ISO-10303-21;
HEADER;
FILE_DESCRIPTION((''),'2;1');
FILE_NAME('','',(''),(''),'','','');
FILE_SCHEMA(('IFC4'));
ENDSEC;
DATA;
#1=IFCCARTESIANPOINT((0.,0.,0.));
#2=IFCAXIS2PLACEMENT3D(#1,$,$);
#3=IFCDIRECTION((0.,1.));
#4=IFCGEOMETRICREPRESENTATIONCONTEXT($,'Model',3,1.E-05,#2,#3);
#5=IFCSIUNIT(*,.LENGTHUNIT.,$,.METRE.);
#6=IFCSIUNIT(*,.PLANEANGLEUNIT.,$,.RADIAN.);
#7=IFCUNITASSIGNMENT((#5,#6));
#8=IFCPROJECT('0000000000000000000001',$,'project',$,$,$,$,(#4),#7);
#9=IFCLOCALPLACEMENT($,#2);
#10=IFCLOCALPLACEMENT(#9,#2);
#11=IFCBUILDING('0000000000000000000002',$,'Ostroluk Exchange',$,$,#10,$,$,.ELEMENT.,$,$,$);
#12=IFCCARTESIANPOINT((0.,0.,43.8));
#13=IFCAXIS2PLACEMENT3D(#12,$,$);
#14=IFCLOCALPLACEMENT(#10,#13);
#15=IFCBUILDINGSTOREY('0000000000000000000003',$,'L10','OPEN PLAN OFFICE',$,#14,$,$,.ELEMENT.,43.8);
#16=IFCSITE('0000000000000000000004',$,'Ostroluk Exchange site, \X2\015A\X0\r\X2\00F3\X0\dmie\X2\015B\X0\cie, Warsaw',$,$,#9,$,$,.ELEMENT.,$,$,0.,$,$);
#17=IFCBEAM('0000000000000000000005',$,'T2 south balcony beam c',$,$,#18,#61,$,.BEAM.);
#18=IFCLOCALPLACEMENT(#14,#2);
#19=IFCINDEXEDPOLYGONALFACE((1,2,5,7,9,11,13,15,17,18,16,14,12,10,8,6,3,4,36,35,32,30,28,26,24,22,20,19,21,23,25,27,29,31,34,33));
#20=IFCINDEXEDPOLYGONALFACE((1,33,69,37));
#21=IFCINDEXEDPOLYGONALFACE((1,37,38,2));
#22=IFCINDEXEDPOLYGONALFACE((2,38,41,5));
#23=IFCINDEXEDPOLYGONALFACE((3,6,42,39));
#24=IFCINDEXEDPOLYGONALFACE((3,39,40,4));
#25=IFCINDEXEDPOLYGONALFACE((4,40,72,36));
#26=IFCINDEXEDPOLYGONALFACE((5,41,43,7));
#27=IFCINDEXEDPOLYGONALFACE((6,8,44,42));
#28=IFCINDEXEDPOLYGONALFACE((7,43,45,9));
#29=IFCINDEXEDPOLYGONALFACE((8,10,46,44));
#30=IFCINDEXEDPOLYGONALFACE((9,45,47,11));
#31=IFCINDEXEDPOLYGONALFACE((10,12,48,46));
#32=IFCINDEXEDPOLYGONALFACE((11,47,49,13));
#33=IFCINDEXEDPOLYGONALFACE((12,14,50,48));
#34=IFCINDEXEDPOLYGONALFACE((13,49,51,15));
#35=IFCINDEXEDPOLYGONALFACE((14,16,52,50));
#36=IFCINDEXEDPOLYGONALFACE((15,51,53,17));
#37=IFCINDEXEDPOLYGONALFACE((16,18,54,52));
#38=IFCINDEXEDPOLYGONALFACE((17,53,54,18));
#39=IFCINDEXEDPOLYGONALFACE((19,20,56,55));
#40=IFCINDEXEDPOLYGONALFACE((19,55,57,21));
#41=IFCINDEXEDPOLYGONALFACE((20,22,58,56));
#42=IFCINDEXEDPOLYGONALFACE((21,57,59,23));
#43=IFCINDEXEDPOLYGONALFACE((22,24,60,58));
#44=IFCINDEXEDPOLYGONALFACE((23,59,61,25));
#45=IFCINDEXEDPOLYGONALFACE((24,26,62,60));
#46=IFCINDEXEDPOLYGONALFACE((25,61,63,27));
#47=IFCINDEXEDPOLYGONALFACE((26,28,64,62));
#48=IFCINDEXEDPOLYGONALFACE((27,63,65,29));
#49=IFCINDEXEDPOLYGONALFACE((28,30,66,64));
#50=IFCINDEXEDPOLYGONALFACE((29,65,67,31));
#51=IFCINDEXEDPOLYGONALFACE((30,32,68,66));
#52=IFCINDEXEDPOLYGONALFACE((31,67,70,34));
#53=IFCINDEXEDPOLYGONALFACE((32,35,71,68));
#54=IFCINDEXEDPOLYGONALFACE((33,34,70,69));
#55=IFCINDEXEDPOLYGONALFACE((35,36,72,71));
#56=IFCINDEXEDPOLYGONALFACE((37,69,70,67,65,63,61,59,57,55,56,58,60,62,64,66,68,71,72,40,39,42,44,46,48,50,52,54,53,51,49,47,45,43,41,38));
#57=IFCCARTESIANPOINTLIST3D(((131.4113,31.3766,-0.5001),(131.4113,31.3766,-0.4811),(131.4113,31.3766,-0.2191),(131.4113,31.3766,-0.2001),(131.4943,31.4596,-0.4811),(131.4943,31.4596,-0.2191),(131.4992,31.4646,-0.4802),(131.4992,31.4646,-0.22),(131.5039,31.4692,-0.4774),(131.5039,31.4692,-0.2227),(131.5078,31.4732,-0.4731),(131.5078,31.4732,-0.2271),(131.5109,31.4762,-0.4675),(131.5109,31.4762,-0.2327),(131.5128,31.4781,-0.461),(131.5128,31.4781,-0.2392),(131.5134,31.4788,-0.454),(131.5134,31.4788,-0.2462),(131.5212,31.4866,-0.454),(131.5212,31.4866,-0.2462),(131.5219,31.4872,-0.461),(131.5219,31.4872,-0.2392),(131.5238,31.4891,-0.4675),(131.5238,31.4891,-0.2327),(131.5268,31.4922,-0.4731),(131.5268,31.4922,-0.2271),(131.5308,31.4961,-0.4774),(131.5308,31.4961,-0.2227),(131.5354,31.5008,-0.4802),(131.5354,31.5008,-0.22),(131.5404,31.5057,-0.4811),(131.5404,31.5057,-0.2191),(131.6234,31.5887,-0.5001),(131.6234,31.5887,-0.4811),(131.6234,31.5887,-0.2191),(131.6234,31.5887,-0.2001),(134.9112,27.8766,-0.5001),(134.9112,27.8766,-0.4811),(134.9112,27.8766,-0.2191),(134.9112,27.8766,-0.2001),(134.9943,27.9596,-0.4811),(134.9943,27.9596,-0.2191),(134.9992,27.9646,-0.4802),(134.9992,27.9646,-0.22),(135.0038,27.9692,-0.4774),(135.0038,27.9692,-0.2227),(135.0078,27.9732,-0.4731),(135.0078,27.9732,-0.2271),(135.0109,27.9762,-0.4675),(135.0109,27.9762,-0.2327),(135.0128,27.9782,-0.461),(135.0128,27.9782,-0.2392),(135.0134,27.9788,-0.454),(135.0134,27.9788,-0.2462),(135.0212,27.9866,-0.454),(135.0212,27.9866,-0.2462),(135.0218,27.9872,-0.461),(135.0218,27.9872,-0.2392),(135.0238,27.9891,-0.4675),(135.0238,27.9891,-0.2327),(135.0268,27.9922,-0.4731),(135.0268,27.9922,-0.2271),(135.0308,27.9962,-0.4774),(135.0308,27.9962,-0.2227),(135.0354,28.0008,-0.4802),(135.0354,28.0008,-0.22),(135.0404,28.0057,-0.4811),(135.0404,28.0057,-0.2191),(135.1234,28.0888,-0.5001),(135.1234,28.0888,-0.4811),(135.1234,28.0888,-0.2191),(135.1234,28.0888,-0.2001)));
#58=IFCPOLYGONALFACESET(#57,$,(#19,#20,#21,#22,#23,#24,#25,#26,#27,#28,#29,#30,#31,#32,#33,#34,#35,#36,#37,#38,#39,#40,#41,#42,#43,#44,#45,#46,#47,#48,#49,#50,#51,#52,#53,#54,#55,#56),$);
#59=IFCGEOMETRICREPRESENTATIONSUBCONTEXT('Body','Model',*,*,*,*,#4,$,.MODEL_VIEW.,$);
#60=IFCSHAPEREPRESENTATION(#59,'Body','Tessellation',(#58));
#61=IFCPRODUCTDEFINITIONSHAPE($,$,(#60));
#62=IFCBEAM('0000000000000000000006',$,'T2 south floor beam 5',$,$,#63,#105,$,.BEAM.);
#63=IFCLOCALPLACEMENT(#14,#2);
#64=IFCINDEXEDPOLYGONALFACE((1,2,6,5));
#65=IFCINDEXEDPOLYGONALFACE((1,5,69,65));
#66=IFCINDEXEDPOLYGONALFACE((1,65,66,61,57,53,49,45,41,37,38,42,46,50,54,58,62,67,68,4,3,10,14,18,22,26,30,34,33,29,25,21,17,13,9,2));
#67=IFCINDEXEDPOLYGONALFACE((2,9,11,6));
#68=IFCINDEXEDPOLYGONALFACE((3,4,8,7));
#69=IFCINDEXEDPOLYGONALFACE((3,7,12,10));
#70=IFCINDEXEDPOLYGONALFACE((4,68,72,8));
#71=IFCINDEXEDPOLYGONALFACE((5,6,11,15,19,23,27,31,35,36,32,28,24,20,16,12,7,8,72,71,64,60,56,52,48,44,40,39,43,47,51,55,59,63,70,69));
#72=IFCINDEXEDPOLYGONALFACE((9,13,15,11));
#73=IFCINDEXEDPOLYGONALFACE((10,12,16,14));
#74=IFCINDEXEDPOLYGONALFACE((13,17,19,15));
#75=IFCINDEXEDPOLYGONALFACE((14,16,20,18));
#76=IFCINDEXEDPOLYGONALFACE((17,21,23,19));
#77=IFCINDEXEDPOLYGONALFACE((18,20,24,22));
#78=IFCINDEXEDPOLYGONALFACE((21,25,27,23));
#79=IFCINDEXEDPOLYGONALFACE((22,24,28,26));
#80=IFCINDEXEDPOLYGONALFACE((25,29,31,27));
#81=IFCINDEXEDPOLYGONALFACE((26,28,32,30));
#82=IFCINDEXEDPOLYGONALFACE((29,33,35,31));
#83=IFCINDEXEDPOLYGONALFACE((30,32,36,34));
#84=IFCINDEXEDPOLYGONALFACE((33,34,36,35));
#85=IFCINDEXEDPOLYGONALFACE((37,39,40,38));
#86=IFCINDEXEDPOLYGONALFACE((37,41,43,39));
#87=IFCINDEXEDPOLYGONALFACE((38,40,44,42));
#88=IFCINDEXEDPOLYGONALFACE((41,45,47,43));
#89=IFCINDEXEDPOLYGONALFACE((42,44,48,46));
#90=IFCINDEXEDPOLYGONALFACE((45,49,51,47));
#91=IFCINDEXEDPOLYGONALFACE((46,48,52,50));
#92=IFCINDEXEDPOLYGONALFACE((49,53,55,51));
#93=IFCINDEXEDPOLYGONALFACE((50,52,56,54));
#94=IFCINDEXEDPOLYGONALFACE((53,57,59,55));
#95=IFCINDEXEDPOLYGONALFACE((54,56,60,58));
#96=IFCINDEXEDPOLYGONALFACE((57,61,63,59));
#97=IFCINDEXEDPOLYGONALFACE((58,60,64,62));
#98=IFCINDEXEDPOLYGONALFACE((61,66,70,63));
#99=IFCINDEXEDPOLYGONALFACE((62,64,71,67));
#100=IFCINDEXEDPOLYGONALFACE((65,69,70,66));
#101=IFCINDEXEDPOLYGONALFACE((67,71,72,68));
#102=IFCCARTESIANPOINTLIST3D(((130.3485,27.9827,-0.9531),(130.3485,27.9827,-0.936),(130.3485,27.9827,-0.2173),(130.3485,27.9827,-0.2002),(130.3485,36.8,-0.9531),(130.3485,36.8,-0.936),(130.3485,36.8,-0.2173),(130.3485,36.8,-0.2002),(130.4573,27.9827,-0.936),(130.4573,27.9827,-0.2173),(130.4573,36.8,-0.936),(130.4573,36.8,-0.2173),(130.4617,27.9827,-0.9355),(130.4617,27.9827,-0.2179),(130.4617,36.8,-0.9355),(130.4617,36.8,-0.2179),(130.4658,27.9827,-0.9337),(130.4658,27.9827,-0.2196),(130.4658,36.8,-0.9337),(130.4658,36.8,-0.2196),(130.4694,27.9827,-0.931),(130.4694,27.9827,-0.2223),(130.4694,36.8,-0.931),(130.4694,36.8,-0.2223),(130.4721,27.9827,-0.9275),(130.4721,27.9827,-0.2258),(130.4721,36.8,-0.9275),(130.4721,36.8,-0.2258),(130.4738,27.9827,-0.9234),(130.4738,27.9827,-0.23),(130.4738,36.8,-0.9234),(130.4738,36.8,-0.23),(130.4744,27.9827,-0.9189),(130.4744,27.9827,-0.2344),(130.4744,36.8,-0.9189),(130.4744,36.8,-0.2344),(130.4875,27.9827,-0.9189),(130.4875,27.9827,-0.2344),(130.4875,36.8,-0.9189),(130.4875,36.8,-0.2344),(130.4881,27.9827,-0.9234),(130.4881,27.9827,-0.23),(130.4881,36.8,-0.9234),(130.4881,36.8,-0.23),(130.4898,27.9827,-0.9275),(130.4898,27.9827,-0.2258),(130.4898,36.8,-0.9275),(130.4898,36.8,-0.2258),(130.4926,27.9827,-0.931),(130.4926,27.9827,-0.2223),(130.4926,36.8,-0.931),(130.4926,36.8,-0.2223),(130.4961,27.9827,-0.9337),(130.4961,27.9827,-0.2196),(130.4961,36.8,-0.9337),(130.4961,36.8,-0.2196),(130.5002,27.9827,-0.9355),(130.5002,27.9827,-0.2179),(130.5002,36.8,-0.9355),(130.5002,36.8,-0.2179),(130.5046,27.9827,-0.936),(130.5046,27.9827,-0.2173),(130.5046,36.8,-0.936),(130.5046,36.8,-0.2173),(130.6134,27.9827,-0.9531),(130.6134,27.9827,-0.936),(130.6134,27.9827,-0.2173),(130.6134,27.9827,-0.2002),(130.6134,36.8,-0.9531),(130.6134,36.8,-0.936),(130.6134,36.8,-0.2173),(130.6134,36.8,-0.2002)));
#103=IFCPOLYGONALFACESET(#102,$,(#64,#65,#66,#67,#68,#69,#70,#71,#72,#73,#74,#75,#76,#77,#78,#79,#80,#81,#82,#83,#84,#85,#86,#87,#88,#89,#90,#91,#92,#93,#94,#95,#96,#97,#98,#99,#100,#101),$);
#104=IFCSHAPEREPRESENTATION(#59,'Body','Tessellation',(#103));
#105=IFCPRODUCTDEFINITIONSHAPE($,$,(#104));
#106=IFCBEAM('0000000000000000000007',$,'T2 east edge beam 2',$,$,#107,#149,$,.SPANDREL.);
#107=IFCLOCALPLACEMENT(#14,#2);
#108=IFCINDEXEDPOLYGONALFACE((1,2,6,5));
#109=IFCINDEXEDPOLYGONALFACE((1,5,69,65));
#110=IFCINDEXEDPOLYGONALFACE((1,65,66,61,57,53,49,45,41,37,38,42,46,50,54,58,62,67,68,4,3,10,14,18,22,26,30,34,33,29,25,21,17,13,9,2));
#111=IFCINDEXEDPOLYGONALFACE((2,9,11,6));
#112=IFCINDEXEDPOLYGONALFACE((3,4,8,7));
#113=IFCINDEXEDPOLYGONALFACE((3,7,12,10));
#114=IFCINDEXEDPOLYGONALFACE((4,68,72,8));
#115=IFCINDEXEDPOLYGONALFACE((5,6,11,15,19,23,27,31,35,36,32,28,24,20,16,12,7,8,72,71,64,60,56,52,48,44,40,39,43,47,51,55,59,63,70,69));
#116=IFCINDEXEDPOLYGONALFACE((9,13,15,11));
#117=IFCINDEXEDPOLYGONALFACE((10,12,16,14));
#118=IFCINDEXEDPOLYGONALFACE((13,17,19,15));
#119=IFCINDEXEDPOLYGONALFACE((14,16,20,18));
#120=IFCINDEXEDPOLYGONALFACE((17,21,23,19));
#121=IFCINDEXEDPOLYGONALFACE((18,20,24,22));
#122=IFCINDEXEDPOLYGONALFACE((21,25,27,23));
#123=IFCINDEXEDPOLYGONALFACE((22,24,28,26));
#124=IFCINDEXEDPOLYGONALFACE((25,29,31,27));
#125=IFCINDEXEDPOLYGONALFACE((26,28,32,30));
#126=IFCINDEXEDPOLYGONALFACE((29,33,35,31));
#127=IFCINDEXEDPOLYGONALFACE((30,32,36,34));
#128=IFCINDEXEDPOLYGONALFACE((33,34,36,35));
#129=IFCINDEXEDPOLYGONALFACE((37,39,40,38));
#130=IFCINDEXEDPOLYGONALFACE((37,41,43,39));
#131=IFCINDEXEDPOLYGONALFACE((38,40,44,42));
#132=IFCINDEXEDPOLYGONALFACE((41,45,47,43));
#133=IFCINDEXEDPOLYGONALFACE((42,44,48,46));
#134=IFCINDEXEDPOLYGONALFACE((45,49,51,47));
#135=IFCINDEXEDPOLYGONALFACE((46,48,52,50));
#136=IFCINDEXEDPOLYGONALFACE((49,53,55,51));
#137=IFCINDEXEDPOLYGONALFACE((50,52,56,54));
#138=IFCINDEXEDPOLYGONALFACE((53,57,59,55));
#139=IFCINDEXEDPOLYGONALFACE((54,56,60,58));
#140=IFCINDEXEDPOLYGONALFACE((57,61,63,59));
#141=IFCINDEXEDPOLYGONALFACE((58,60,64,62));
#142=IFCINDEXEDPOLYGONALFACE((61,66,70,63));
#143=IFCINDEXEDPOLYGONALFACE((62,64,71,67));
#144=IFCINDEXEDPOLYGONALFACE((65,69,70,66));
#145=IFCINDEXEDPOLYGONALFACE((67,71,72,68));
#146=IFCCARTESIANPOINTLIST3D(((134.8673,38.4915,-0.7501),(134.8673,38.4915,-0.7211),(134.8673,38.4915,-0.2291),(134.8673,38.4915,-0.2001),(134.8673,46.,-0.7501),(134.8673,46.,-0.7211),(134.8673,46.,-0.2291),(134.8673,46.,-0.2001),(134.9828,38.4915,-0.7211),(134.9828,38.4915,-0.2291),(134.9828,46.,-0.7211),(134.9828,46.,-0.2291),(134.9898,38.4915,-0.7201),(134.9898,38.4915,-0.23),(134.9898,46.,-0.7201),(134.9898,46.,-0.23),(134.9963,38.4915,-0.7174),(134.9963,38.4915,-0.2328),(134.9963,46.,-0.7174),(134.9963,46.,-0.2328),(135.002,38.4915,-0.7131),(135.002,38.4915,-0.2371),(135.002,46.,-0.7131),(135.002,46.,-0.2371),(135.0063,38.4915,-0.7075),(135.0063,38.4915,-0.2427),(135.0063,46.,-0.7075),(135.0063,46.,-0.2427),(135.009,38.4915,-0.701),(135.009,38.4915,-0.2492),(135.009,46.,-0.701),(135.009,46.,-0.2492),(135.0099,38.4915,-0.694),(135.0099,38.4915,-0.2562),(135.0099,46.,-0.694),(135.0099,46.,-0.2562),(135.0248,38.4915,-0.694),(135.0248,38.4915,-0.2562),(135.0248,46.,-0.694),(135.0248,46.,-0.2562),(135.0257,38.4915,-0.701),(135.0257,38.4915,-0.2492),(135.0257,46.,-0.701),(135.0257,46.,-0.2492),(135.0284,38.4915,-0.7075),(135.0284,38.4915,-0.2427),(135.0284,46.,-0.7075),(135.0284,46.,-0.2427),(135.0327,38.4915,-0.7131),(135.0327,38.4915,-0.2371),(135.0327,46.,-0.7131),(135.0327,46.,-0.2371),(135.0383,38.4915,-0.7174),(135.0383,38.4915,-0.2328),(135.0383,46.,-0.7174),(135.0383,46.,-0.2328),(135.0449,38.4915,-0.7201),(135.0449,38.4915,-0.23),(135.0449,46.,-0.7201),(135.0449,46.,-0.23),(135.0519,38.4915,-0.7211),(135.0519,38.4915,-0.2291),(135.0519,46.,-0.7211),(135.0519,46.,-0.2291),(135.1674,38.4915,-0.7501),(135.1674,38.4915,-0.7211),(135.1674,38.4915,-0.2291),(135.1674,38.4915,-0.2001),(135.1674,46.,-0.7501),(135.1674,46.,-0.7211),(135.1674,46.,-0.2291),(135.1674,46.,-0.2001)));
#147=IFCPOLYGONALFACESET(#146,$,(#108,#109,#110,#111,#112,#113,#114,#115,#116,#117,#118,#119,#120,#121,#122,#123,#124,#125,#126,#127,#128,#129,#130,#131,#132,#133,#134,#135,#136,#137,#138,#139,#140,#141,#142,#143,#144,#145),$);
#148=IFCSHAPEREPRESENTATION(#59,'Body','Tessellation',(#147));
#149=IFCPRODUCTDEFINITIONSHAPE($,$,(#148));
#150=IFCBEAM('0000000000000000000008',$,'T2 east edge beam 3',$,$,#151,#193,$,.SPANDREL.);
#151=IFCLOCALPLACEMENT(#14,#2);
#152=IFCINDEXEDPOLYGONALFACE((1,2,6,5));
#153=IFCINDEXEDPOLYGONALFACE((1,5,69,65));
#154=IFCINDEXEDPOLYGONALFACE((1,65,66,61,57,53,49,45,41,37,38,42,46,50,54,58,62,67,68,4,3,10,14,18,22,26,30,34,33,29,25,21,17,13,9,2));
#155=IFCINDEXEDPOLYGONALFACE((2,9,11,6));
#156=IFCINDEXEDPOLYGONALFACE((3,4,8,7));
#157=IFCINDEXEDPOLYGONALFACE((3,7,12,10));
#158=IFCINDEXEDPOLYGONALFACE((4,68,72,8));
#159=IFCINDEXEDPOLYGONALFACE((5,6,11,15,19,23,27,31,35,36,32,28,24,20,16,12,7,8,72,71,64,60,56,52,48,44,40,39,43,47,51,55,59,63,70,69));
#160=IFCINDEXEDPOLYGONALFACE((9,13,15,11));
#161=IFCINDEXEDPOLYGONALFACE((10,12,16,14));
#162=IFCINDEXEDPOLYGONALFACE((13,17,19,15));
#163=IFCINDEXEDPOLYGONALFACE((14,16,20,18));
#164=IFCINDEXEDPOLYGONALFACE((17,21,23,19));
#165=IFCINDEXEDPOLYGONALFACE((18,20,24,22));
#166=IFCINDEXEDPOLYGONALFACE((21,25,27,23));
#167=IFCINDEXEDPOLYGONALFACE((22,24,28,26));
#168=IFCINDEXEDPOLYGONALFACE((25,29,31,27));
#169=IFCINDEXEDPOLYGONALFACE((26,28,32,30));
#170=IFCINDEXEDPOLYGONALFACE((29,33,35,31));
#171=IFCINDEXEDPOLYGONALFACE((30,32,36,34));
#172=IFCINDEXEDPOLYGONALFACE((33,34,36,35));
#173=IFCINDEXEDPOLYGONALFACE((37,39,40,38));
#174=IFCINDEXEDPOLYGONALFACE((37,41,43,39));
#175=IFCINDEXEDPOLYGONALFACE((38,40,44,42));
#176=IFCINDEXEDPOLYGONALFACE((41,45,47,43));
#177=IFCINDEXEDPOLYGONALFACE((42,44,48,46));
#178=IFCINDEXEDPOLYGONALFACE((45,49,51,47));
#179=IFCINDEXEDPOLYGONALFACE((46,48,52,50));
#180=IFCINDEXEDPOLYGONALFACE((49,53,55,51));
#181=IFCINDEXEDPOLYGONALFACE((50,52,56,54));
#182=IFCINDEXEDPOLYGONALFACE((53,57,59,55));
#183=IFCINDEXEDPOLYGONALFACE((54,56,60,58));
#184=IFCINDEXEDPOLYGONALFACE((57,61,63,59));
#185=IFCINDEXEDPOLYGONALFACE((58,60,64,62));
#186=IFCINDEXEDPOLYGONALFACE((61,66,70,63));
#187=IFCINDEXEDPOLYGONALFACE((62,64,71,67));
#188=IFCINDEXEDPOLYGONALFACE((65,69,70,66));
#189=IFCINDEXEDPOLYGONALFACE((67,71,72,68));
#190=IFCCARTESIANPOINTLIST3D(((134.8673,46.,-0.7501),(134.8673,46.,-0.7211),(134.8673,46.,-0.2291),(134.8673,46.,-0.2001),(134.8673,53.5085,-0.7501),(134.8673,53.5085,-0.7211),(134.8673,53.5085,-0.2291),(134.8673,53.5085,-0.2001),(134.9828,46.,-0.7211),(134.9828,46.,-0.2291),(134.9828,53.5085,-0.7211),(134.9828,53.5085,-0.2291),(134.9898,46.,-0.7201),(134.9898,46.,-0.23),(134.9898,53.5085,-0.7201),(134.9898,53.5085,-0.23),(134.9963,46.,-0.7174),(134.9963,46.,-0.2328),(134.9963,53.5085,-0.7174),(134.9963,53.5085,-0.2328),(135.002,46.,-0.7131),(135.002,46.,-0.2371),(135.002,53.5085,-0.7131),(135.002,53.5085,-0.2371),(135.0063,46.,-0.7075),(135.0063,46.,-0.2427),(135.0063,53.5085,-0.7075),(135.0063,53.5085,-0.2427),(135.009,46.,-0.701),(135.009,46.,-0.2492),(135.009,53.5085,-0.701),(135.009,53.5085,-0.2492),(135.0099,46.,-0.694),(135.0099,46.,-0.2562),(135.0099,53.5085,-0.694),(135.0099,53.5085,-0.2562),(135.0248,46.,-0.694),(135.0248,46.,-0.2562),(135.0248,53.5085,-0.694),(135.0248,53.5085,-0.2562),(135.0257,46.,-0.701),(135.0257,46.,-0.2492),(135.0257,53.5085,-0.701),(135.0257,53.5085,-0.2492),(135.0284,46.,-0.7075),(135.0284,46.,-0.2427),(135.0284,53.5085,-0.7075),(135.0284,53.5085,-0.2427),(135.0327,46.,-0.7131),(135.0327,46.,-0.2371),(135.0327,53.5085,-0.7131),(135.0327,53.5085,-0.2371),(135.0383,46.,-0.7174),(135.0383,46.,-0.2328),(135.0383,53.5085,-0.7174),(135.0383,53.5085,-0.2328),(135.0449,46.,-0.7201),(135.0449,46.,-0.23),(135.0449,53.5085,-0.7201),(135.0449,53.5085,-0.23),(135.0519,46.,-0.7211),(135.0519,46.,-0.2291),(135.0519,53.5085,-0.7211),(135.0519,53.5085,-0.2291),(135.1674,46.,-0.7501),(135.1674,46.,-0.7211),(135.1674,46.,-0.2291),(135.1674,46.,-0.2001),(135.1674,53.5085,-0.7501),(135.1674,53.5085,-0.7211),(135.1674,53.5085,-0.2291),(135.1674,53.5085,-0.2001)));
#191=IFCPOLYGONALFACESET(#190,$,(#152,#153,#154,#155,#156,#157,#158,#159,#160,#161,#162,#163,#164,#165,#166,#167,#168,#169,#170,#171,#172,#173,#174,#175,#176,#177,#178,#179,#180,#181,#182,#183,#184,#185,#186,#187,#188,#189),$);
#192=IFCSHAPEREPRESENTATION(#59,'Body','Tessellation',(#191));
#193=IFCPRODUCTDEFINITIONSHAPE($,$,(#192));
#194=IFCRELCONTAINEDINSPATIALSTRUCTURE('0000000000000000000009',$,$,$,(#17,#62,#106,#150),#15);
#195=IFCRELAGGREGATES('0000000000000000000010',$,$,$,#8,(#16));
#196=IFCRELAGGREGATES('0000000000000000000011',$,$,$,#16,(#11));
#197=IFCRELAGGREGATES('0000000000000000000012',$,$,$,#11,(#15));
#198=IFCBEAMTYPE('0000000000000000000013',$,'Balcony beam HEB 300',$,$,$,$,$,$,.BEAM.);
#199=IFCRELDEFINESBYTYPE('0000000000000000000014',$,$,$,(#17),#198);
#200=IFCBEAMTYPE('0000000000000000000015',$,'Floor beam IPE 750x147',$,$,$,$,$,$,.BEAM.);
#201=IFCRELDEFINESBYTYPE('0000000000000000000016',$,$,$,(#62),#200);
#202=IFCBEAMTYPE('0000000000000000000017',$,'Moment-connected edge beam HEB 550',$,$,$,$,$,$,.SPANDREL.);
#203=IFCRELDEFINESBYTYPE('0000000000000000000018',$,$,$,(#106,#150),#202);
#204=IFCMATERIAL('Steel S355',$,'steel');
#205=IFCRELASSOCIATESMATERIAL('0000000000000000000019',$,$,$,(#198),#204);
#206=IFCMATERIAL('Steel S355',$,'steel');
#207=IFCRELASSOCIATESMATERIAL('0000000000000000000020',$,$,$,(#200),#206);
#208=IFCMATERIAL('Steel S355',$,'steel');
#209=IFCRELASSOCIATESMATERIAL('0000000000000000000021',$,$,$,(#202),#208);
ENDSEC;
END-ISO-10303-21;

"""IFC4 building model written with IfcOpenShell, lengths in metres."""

from ifc_helpers import new_model, si_unit, direction, frame, origin, origin_2d, place, context, subcontext, project, spatial, i_section, extrude, material, material_profile, profile_set, type_object, element, save


model = new_model("IFC4")

# Units and contexts
model_context = context("Model", 3, precision=1e-05, world=origin(), true_north=direction((0.0, 1.0)))
body_context = subcontext(model_context, "Body", "Model", "MODEL_VIEW")
ifc_project = project(units=[si_unit("LENGTHUNIT", "METRE"), si_unit("PLANEANGLEUNIT", "RADIAN")], contexts=[model_context])

# Site, building, storey
site_placement = place(None, origin())
site = spatial("IfcSite", under=ifc_project, at=site_placement, Name="Ostroluk Exchange site, Śródmieście, Warsaw", CompositionType="ELEMENT", RefElevation=0.0)
building_placement = place(site_placement, origin())
building = spatial("IfcBuilding", under=site, at=building_placement, Name="Ostroluk Exchange", CompositionType="ELEMENT")
storey_placement = place(building_placement, frame((0.0, 0.0, 43.8)))
storey = spatial("IfcBuildingStorey", under=building, at=storey_placement, Name="L10", Description="OPEN PLAN OFFICE", CompositionType="ELEMENT", Elevation=43.8)

# Beams
ifc_material_1 = material(Name="Steel S355", Category="steel")
ifc_material_profile_1 = material_profile(ifc_material_1, i_section(OverallWidth=0.3, OverallDepth=0.3, WebThickness=0.011, FlangeThickness=0.019, FilletRadius=0.0271, at=origin_2d()), Name="HEB 300")
ifc_profile_set_1 = profile_set([ifc_material_profile_1], Name="Steel S355")
beam_type_1 = type_object("IfcBeamType", Name="Balcony beam HEB 300", PredefinedType="BEAM", material=ifc_profile_set_1)
beam_1_placement = place(storey_placement, frame((131.5173, 31.4827, -0.3501), z_axis=(0.707107, -0.707107, 0.0), x_axis=(0.707107, 0.707107, 0.0)))
element("IfcBeam", 1, at=beam_1_placement, inside=storey, type_object=beam_type_1, Name="T2 south balcony beam c", PredefinedType="BEAM", context=body_context, shape_type="SweptSolid", body=[
    extrude(i_section(OverallWidth=0.3, OverallDepth=0.3, WebThickness=0.011, FlangeThickness=0.019, FilletRadius=0.0271, at=origin_2d()), origin(), (0.0, 0.0, 1.0), 4.9497),
])
ifc_material_2 = material(Name="Steel S355", Category="steel")
ifc_material_profile_2 = material_profile(ifc_material_2, i_section(OverallWidth=0.2649, OverallDepth=0.7529, WebThickness=0.0132, FlangeThickness=0.0171, FilletRadius=0.0171, at=origin_2d()), Name="IPE 750x147")
ifc_profile_set_2 = profile_set([ifc_material_profile_2], Name="Steel S355")
beam_type_2 = type_object("IfcBeamType", Name="Floor beam IPE 750x147", PredefinedType="BEAM", material=ifc_profile_set_2)
beam_2_placement = place(storey_placement, frame((130.481, 36.8, -0.5767), z_axis=(0.0, -1.0, 0.0), x_axis=(1.0, 0.0, 0.0)))
element("IfcBeam", 2, at=beam_2_placement, inside=storey, type_object=beam_type_2, Name="T2 south floor beam 5", PredefinedType="BEAM", context=body_context, shape_type="SweptSolid", body=[
    extrude(i_section(OverallWidth=0.2649, OverallDepth=0.7529, WebThickness=0.0132, FlangeThickness=0.0171, FilletRadius=0.0171, at=origin_2d()), origin(), (0.0, 0.0, 1.0), 8.8174),
])
ifc_material_3 = material(Name="Steel S355", Category="steel")
ifc_material_profile_3 = material_profile(ifc_material_3, i_section(OverallWidth=0.3, OverallDepth=0.55, WebThickness=0.0149, FlangeThickness=0.0291, FilletRadius=0.0271, at=origin_2d()), Name="HEB 550")
ifc_profile_set_3 = profile_set([ifc_material_profile_3], Name="Steel S355")
beam_type_3 = type_object("IfcBeamType", Name="Moment-connected edge beam HEB 550", PredefinedType="SPANDREL", material=ifc_profile_set_3)
for number, where, z_axis, x_axis, name in (
    (3, (135.0173, 38.4915, -0.4751), (0.0, 1.0, 0.0), (-1.0, 0.0, 0.0), "T2 east edge beam 2"),
    (4, (135.0173, 46.0, -0.4751), (0.0, 1.0, 0.0), (-1.0, 0.0, 0.0), "T2 east edge beam 3"),
):
    element("IfcBeam", number, at=place(storey_placement, frame(where, z_axis=z_axis, x_axis=x_axis)), inside=storey, type_object=beam_type_3, Name=name, PredefinedType="SPANDREL", context=body_context, shape_type="SweptSolid", body=[
        extrude(i_section(OverallWidth=0.3, OverallDepth=0.55, WebThickness=0.0149, FlangeThickness=0.0291, FilletRadius=0.0271, at=origin_2d()), origin(), (0.0, 0.0, 1.0), 7.5085),
    ])

save(model, "model.ifc")
